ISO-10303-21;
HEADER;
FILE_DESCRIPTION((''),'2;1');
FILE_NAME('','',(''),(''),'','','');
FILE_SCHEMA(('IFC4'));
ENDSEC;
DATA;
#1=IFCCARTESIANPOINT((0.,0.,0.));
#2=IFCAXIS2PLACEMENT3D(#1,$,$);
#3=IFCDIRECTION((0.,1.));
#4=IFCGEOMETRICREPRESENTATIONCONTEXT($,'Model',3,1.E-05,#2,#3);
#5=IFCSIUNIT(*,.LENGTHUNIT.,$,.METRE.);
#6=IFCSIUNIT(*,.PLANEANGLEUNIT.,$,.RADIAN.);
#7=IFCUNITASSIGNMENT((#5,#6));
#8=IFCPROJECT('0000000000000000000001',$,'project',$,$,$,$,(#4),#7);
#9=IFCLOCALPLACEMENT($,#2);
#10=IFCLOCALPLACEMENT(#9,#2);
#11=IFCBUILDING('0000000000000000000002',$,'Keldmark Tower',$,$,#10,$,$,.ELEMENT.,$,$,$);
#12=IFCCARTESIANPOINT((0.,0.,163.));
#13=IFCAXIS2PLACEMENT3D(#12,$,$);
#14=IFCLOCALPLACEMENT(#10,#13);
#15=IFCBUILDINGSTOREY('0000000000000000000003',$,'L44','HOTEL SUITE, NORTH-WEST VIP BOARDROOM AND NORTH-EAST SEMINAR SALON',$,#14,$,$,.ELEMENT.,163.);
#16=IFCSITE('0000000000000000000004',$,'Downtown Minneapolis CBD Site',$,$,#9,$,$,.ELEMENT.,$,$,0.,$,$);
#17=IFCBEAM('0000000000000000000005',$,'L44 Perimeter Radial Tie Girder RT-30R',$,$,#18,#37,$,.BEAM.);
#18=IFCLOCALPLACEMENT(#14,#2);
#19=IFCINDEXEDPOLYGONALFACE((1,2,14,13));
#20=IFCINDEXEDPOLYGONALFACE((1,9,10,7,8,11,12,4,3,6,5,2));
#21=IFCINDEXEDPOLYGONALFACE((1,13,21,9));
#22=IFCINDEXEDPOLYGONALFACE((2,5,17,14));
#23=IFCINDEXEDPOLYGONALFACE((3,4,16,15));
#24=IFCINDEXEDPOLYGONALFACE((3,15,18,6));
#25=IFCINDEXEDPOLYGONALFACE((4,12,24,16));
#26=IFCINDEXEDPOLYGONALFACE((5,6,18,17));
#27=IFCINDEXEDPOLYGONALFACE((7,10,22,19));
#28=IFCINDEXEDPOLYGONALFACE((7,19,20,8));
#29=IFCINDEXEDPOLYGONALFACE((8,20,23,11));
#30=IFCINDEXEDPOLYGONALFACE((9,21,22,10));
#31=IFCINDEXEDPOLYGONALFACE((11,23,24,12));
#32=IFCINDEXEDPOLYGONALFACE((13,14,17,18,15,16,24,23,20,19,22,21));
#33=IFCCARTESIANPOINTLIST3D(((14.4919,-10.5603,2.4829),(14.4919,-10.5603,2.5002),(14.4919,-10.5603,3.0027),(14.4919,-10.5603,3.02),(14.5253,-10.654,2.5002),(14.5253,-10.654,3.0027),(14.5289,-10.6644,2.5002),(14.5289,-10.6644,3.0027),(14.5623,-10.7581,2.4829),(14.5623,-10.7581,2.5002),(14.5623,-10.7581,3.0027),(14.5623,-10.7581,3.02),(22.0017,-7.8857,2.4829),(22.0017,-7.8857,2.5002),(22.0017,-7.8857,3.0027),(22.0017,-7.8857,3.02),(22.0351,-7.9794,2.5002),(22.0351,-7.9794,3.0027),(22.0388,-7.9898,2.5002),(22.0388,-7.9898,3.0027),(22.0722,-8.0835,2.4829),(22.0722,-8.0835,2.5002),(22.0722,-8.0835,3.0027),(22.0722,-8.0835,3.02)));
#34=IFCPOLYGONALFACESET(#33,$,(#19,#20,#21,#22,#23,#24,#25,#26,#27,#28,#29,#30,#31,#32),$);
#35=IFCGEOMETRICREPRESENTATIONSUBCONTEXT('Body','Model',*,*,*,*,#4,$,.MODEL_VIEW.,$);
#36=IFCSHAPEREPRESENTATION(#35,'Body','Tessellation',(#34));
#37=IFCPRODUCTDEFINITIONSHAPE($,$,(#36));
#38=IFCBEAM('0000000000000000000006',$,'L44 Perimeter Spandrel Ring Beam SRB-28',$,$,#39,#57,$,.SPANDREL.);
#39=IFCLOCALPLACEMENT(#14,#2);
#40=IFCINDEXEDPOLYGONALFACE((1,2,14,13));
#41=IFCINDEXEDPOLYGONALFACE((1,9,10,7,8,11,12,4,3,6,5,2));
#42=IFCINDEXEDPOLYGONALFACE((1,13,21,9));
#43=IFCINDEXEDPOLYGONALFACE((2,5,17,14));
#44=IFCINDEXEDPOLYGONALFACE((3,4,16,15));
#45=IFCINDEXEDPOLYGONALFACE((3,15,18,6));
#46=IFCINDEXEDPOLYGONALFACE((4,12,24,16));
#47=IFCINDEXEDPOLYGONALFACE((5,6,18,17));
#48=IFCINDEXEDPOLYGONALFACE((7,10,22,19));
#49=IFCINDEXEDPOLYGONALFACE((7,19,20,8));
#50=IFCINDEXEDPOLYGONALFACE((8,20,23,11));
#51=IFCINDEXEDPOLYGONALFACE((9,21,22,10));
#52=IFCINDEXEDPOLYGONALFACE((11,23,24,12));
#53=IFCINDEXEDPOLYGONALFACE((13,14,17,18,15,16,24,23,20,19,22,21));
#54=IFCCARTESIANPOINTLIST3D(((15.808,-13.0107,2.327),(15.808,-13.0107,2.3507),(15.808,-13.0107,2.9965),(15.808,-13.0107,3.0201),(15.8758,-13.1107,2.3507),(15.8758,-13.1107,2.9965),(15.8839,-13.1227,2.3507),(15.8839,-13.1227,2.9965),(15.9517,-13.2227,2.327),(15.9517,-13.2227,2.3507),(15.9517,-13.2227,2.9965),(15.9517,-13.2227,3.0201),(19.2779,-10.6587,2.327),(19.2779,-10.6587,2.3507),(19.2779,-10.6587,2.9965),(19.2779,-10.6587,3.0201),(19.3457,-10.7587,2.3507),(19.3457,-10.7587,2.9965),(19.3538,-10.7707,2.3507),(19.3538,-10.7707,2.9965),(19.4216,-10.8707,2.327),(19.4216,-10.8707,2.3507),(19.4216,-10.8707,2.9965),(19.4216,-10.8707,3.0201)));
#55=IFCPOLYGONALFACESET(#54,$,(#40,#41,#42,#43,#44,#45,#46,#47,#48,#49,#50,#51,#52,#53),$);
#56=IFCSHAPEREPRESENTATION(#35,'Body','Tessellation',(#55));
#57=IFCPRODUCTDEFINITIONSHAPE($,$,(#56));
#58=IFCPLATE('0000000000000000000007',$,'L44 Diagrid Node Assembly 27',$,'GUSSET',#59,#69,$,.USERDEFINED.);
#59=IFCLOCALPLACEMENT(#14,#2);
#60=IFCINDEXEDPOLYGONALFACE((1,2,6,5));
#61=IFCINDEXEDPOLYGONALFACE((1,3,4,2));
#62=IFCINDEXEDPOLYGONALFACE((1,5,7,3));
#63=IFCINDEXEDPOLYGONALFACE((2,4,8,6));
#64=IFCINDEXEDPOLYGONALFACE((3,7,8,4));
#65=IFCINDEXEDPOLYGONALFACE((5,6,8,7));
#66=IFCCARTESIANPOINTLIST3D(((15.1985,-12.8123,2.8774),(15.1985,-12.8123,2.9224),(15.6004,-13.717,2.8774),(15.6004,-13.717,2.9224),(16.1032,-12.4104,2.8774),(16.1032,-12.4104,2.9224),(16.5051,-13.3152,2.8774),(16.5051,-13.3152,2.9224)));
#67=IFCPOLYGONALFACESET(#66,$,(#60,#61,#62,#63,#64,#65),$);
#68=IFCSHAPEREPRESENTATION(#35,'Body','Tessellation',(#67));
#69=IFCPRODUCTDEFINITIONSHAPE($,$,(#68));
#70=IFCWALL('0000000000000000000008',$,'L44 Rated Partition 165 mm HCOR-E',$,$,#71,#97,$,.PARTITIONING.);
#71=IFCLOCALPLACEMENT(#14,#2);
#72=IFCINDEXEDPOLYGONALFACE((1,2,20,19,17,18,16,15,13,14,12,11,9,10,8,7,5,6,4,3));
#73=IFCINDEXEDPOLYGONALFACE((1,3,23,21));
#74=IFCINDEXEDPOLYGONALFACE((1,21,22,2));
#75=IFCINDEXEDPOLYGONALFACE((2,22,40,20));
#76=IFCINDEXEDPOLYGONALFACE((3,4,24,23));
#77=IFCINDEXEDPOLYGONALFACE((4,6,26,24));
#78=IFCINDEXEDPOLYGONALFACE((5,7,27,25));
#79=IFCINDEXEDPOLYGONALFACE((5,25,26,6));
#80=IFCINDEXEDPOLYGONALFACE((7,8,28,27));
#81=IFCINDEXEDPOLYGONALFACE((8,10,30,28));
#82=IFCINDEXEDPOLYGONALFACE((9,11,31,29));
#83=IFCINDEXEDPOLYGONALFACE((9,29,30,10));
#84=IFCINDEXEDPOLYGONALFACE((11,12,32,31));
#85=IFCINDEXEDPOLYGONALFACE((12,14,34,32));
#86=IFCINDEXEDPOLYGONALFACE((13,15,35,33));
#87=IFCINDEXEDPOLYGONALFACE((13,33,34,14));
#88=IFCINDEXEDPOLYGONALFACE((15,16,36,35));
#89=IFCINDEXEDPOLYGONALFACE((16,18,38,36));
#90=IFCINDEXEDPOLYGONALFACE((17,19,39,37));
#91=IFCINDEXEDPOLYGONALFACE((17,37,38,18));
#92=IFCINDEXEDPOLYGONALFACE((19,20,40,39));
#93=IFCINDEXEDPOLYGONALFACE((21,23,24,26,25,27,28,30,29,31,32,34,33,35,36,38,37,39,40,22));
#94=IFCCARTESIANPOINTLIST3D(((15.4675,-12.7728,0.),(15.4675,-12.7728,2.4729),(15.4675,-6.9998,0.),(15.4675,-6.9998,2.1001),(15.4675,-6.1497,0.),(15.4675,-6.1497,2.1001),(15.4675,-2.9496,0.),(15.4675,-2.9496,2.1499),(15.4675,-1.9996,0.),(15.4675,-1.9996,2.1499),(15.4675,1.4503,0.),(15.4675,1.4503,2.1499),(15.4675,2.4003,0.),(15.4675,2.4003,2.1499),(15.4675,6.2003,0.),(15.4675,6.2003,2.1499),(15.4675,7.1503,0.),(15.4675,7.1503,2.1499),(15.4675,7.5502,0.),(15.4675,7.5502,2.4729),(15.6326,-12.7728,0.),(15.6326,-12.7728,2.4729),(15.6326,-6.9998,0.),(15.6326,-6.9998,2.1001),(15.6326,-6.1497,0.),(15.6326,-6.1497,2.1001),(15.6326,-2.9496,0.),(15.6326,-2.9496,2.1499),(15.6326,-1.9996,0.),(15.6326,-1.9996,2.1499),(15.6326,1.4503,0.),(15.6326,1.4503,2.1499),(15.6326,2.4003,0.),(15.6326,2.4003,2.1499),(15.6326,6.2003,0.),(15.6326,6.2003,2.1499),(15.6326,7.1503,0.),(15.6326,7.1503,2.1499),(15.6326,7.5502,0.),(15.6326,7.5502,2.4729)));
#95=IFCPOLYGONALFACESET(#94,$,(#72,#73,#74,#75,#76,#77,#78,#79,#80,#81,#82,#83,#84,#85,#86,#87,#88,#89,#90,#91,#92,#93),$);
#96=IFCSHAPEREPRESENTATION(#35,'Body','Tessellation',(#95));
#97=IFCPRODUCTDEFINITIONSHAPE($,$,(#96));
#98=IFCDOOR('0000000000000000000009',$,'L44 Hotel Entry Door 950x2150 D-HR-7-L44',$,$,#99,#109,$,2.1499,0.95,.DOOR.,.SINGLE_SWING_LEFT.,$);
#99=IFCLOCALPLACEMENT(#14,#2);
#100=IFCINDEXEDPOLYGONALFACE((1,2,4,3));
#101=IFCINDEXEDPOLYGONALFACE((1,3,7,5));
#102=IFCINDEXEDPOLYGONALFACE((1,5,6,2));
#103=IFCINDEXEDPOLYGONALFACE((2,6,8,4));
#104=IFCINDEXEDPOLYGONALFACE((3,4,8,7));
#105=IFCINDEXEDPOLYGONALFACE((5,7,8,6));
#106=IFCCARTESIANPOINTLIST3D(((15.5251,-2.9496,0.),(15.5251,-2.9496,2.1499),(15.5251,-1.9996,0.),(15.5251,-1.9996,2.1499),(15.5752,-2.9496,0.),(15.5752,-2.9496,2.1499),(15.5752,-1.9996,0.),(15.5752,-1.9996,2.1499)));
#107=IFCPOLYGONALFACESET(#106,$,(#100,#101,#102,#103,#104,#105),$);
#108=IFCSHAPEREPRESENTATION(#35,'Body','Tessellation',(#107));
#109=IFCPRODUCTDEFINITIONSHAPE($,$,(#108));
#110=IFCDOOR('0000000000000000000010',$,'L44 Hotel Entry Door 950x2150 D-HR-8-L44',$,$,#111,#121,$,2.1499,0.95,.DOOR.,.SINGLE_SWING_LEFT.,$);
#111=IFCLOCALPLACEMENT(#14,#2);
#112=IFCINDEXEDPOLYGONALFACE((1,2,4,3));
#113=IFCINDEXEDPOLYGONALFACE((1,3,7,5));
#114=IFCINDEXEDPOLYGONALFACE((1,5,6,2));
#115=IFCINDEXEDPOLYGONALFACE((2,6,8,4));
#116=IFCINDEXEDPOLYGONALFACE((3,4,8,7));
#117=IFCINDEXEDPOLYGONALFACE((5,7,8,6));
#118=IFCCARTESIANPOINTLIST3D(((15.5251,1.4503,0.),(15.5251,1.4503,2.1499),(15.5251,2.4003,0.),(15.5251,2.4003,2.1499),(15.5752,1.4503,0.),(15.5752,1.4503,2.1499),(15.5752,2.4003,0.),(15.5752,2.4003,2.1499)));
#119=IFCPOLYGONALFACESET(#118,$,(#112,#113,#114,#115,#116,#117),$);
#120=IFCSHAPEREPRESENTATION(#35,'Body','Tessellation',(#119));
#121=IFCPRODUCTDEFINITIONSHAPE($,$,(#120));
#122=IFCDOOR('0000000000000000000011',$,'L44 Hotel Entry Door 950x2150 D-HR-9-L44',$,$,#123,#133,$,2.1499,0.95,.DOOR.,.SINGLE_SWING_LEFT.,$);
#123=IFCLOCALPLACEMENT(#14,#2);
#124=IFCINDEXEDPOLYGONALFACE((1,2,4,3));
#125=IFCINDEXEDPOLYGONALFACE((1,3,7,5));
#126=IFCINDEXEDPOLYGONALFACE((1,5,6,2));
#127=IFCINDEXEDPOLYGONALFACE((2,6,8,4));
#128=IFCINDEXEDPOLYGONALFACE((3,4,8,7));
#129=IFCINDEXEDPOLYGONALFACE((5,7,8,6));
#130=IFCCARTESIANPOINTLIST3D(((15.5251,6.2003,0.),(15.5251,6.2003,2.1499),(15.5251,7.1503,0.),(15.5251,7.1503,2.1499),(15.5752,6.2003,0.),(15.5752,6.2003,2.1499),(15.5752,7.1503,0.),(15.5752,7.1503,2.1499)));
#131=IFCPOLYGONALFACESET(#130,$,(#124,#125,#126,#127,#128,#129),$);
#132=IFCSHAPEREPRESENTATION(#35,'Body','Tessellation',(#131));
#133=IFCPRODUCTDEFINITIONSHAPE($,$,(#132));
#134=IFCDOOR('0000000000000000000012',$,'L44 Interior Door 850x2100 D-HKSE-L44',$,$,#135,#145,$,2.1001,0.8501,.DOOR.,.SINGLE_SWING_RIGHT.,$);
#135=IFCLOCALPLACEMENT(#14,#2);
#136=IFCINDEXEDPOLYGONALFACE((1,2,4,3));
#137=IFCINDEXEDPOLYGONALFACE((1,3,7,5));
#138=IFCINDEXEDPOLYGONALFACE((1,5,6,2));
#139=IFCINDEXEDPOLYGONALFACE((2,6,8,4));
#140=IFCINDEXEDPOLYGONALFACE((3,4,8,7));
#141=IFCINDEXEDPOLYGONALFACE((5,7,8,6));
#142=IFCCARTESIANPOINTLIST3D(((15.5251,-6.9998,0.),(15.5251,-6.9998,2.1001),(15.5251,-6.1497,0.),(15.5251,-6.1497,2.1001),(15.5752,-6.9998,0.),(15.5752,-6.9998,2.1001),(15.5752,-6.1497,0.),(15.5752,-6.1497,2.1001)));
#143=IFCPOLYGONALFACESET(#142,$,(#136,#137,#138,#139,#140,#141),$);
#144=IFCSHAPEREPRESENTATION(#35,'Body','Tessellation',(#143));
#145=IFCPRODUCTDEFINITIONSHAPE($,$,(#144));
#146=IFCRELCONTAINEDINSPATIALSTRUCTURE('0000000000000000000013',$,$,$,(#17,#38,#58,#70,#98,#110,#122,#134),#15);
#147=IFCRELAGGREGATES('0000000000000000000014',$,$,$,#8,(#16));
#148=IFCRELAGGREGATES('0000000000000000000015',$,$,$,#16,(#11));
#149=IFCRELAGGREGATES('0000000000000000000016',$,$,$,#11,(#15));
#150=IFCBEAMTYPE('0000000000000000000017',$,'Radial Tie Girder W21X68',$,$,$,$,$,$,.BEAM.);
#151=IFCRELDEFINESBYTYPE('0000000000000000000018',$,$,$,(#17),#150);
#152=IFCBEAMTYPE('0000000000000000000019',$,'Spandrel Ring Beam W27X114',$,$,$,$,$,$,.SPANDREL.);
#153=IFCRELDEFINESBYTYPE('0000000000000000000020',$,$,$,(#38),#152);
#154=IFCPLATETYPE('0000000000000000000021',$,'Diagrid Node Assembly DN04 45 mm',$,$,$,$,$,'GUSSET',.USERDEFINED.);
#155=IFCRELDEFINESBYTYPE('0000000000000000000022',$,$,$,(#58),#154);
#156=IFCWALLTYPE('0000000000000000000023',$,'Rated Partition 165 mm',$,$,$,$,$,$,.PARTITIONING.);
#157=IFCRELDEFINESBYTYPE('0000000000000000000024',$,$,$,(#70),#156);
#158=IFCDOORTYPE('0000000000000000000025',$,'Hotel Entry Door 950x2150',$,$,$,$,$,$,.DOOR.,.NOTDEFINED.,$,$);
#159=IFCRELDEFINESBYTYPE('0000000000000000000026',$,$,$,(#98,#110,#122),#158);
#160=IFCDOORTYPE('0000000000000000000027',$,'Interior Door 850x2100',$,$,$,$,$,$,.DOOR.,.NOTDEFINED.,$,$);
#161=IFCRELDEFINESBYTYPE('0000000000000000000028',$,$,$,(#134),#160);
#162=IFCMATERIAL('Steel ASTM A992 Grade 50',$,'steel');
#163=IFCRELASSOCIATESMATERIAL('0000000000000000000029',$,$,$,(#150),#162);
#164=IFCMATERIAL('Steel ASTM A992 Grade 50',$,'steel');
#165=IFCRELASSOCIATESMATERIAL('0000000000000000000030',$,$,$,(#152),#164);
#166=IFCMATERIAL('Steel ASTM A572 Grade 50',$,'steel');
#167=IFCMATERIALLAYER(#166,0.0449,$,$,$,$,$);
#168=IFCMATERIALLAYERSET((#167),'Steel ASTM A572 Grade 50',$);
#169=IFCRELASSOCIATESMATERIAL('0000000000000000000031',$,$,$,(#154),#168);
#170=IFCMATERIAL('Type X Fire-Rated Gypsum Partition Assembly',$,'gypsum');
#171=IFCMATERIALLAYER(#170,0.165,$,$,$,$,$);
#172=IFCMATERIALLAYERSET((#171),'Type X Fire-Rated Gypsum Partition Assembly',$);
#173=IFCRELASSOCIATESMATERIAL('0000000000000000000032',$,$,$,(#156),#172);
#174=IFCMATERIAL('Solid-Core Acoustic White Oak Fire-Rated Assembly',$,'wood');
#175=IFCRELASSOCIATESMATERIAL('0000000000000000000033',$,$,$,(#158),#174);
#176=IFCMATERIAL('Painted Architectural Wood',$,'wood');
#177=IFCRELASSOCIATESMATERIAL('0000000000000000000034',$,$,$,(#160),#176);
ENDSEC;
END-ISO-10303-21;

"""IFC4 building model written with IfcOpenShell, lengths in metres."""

from ifc_helpers import new_model, si_unit, direction, frame, frame_2d, origin, origin_2d, place, context, subcontext, project, spatial, rectangle, i_section, extrude, material, layer, layer_set, material_profile, profile_set, type_object, element, fill, save


model = new_model("IFC4")

# Units and contexts
model_context = context("Model", 3, precision=1e-05, world=origin(), true_north=direction((0.0, 1.0)))
body_context = subcontext(model_context, "Body", "Model", "MODEL_VIEW")
ifc_project = project(units=[si_unit("LENGTHUNIT", "METRE"), si_unit("PLANEANGLEUNIT", "RADIAN")], contexts=[model_context])

# Site, building, storey
site_placement = place(None, origin())
site = spatial("IfcSite", under=ifc_project, at=site_placement, Name="Downtown Minneapolis CBD Site", CompositionType="ELEMENT", RefElevation=0.0)
building_placement = place(site_placement, origin())
building = spatial("IfcBuilding", under=site, at=building_placement, Name="Keldmark Tower", CompositionType="ELEMENT")
storey_placement = place(building_placement, frame((0.0, 0.0, 163.0)))
storey = spatial("IfcBuildingStorey", under=building, at=storey_placement, Name="L44", Description="HOTEL SUITE, NORTH-WEST VIP BOARDROOM AND NORTH-EAST SEMINAR SALON", CompositionType="ELEMENT", Elevation=163.0)

# Beams
ifc_material_1 = material(Name="Steel ASTM A992 Grade 50", Category="steel")
ifc_material_profile_1 = material_profile(ifc_material_1, i_section(OverallWidth=0.21, OverallDepth=0.5371, WebThickness=0.011, FlangeThickness=0.0173, at=origin_2d()), Name="W21X68")
ifc_profile_set_1 = profile_set([ifc_material_profile_1], Name="Steel ASTM A992 Grade 50")
beam_type_1 = type_object("IfcBeamType", Name="Radial Tie Girder W21X68", PredefinedType="BEAM", material=ifc_profile_set_1)
beam_1_placement = place(storey_placement, frame((14.5271, -10.6592, 2.7515), z_axis=(0.942039, 0.335502, 0.0), x_axis=(-0.335502, 0.942039, 0.0)))
element("IfcBeam", 1, at=beam_1_placement, inside=storey, type_object=beam_type_1, Name="L44 Perimeter Radial Tie Girder RT-30R", PredefinedType="BEAM", context=body_context, shape_type="SweptSolid", body=[
    extrude(i_section(OverallWidth=0.21, OverallDepth=0.5371, WebThickness=0.011, FlangeThickness=0.0173, at=origin_2d()), origin(), (0.0, 0.0, 1.0), 7.9719),
])
ifc_material_2 = material(Name="Steel ASTM A992 Grade 50", Category="steel")
ifc_material_profile_2 = material_profile(ifc_material_2, i_section(OverallWidth=0.2561, OverallDepth=0.6931, WebThickness=0.0144, FlangeThickness=0.0237, at=origin_2d()), Name="W27X114")
ifc_profile_set_2 = profile_set([ifc_material_profile_2], Name="Steel ASTM A992 Grade 50")
beam_type_2 = type_object("IfcBeamType", Name="Spandrel Ring Beam W27X114", PredefinedType="SPANDREL", material=ifc_profile_set_2)
beam_2_placement = place(storey_placement, frame((15.8799, -13.1167, 2.6736), z_axis=(0.827761, 0.561081, 0.0), x_axis=(-0.561081, 0.827761, 0.0)))
element("IfcBeam", 2, at=beam_2_placement, inside=storey, type_object=beam_type_2, Name="L44 Perimeter Spandrel Ring Beam SRB-28", PredefinedType="SPANDREL", context=body_context, shape_type="SweptSolid", body=[
    extrude(i_section(OverallWidth=0.2561, OverallDepth=0.6931, WebThickness=0.0144, FlangeThickness=0.0237, at=origin_2d()), origin(), (0.0, 0.0, 1.0), 4.1919),
])

# Plate
ifc_material_3 = material(Name="Steel ASTM A572 Grade 50", Category="steel")
ifc_layer_1 = layer(ifc_material_3, 0.0449)
ifc_layer_set_1 = layer_set([ifc_layer_1], Name="Steel ASTM A572 Grade 50")
plate_type = type_object("IfcPlateType", Name="Diagrid Node Assembly DN04 45 mm", ElementType="GUSSET", PredefinedType="USERDEFINED", material=ifc_layer_set_1)
plate_placement = place(storey_placement, frame((15.8518, -13.0637, 2.8774), z_axis=(0.0, 0.0, 1.0), x_axis=(0.9139, 0.405939, 0.0)))
element("IfcPlate", 3, at=plate_placement, inside=storey, type_object=plate_type, Name="L44 Diagrid Node Assembly 27", ObjectType="GUSSET", PredefinedType="USERDEFINED", context=body_context, shape_type="SweptSolid", body=[
    extrude(rectangle(XDim=0.99, YDim=0.99, at=origin_2d()), origin(), (0.0, 0.0, 1.0), 0.0449),
])

# Wall, openings, doors
ifc_material_4 = material(Name="Type X Fire-Rated Gypsum Partition Assembly", Category="gypsum")
ifc_layer_2 = layer(ifc_material_4, 0.165)
ifc_layer_set_2 = layer_set([ifc_layer_2], Name="Type X Fire-Rated Gypsum Partition Assembly")
wall_type_1 = type_object("IfcWallType", Name="Rated Partition 165 mm", PredefinedType="PARTITIONING", material=ifc_layer_set_2)
wall_1_placement = place(storey_placement, frame((15.55, -12.7729, 0.0), z_axis=(0.0, 0.0, 1.0), x_axis=(0.0, 1.0, 0.0)))
wall_1 = element("IfcWall", 4, at=wall_1_placement, inside=storey, type_object=wall_type_1, Name="L44 Rated Partition 165 mm HCOR-E", PredefinedType="PARTITIONING", context=body_context, shape_type="SweptSolid", body=[
    extrude(rectangle(XDim=20.323, YDim=0.165, at=frame_2d((10.1616, 0.0))), origin(), (0.0, 0.0, 1.0), 2.4729),
])
opening_1_placement = place(wall_1_placement, frame((5.7732, 0.0, 0.0)))
opening_1 = element("IfcOpeningElement", 5, at=opening_1_placement, cuts=wall_1, PredefinedType="OPENING", context=body_context, shape_type="SweptSolid", body=[
    extrude(rectangle(XDim=0.8501, YDim=2.1001, at=frame_2d((0.425, 1.05))), frame((0.0, 0.0925, 0.0), z_axis=(0.0, -1.0, 0.0), x_axis=(1.0, 0.0, 0.0)), (0.0, 0.0, 1.0), 0.1851),
])
opening_2_placement = place(wall_1_placement, frame((9.8232, 0.0, 0.0)))
opening_2 = element("IfcOpeningElement", 6, at=opening_2_placement, cuts=wall_1, PredefinedType="OPENING", context=body_context, shape_type="SweptSolid", body=[
    extrude(rectangle(XDim=0.95, YDim=2.1499, at=frame_2d((0.4751, 1.075))), frame((0.0, 0.0925, 0.0), z_axis=(0.0, -1.0, 0.0), x_axis=(1.0, 0.0, 0.0)), (0.0, 0.0, 1.0), 0.1851),
])
opening_3_placement = place(wall_1_placement, frame((14.2231, 0.0, 0.0)))
opening_3 = element("IfcOpeningElement", 7, at=opening_3_placement, cuts=wall_1, PredefinedType="OPENING", context=body_context, shape_type="SweptSolid", body=[
    extrude(rectangle(XDim=0.95, YDim=2.1499, at=frame_2d((0.4751, 1.075))), frame((0.0, 0.0925, 0.0), z_axis=(0.0, -1.0, 0.0), x_axis=(1.0, 0.0, 0.0)), (0.0, 0.0, 1.0), 0.1851),
])
opening_4_placement = place(wall_1_placement, frame((18.9731, 0.0, 0.0)))
opening_4 = element("IfcOpeningElement", 8, at=opening_4_placement, cuts=wall_1, PredefinedType="OPENING", context=body_context, shape_type="SweptSolid", body=[
    extrude(rectangle(XDim=0.95, YDim=2.1499, at=frame_2d((0.4751, 1.075))), frame((0.0, 0.0925, 0.0), z_axis=(0.0, -1.0, 0.0), x_axis=(1.0, 0.0, 0.0)), (0.0, 0.0, 1.0), 0.1851),
])
ifc_material_5 = material(Name="Solid-Core Acoustic White Oak Fire-Rated Assembly", Category="wood")
door_type_1 = type_object("IfcDoorType", Name="Hotel Entry Door 950x2150", OperationType="NOTDEFINED", PredefinedType="DOOR", material=ifc_material_5)
door_1_placement = place(opening_2_placement, origin())
door_1 = element("IfcDoor", 9, at=door_1_placement, inside=storey, type_object=door_type_1, Name="L44 Hotel Entry Door 950x2150 D-HR-7-L44", OperationType="SINGLE_SWING_LEFT", OverallHeight=2.1499, OverallWidth=0.95, PredefinedType="DOOR", context=body_context, shape_type="SweptSolid", body=[
    extrude(rectangle(XDim=0.95, YDim=2.1499, at=frame_2d((0.4751, 1.075))), frame((0.0, 0.0249, 0.0), z_axis=(0.0, -1.0, 0.0), x_axis=(1.0, 0.0, 0.0)), (0.0, 0.0, 1.0), 0.05),
])
fill(opening_2, door_1)
door_2_placement = place(opening_3_placement, origin())
door_2 = element("IfcDoor", 10, at=door_2_placement, inside=storey, type_object=door_type_1, Name="L44 Hotel Entry Door 950x2150 D-HR-8-L44", OperationType="SINGLE_SWING_LEFT", OverallHeight=2.1499, OverallWidth=0.95, PredefinedType="DOOR", context=body_context, shape_type="SweptSolid", body=[
    extrude(rectangle(XDim=0.95, YDim=2.1499, at=frame_2d((0.4751, 1.075))), frame((0.0, 0.0249, 0.0), z_axis=(0.0, -1.0, 0.0), x_axis=(1.0, 0.0, 0.0)), (0.0, 0.0, 1.0), 0.05),
])
fill(opening_3, door_2)
door_3_placement = place(opening_4_placement, origin())
door_3 = element("IfcDoor", 11, at=door_3_placement, inside=storey, type_object=door_type_1, Name="L44 Hotel Entry Door 950x2150 D-HR-9-L44", OperationType="SINGLE_SWING_LEFT", OverallHeight=2.1499, OverallWidth=0.95, PredefinedType="DOOR", context=body_context, shape_type="SweptSolid", body=[
    extrude(rectangle(XDim=0.95, YDim=2.1499, at=frame_2d((0.4751, 1.075))), frame((0.0, 0.0249, 0.0), z_axis=(0.0, -1.0, 0.0), x_axis=(1.0, 0.0, 0.0)), (0.0, 0.0, 1.0), 0.05),
])
fill(opening_4, door_3)
ifc_material_6 = material(Name="Painted Architectural Wood", Category="wood")
door_type_2 = type_object("IfcDoorType", Name="Interior Door 850x2100", OperationType="NOTDEFINED", PredefinedType="DOOR", material=ifc_material_6)
door_4_placement = place(opening_1_placement, origin())
door_4 = element("IfcDoor", 12, at=door_4_placement, inside=storey, type_object=door_type_2, Name="L44 Interior Door 850x2100 D-HKSE-L44", OperationType="SINGLE_SWING_RIGHT", OverallHeight=2.1001, OverallWidth=0.8501, PredefinedType="DOOR", context=body_context, shape_type="SweptSolid", body=[
    extrude(rectangle(XDim=0.8501, YDim=2.1001, at=frame_2d((0.425, 1.05))), frame((0.0, 0.0249, 0.0), z_axis=(0.0, -1.0, 0.0), x_axis=(1.0, 0.0, 0.0)), (0.0, 0.0, 1.0), 0.05),
])
fill(opening_1, door_4)

save(model, "model.ifc")
